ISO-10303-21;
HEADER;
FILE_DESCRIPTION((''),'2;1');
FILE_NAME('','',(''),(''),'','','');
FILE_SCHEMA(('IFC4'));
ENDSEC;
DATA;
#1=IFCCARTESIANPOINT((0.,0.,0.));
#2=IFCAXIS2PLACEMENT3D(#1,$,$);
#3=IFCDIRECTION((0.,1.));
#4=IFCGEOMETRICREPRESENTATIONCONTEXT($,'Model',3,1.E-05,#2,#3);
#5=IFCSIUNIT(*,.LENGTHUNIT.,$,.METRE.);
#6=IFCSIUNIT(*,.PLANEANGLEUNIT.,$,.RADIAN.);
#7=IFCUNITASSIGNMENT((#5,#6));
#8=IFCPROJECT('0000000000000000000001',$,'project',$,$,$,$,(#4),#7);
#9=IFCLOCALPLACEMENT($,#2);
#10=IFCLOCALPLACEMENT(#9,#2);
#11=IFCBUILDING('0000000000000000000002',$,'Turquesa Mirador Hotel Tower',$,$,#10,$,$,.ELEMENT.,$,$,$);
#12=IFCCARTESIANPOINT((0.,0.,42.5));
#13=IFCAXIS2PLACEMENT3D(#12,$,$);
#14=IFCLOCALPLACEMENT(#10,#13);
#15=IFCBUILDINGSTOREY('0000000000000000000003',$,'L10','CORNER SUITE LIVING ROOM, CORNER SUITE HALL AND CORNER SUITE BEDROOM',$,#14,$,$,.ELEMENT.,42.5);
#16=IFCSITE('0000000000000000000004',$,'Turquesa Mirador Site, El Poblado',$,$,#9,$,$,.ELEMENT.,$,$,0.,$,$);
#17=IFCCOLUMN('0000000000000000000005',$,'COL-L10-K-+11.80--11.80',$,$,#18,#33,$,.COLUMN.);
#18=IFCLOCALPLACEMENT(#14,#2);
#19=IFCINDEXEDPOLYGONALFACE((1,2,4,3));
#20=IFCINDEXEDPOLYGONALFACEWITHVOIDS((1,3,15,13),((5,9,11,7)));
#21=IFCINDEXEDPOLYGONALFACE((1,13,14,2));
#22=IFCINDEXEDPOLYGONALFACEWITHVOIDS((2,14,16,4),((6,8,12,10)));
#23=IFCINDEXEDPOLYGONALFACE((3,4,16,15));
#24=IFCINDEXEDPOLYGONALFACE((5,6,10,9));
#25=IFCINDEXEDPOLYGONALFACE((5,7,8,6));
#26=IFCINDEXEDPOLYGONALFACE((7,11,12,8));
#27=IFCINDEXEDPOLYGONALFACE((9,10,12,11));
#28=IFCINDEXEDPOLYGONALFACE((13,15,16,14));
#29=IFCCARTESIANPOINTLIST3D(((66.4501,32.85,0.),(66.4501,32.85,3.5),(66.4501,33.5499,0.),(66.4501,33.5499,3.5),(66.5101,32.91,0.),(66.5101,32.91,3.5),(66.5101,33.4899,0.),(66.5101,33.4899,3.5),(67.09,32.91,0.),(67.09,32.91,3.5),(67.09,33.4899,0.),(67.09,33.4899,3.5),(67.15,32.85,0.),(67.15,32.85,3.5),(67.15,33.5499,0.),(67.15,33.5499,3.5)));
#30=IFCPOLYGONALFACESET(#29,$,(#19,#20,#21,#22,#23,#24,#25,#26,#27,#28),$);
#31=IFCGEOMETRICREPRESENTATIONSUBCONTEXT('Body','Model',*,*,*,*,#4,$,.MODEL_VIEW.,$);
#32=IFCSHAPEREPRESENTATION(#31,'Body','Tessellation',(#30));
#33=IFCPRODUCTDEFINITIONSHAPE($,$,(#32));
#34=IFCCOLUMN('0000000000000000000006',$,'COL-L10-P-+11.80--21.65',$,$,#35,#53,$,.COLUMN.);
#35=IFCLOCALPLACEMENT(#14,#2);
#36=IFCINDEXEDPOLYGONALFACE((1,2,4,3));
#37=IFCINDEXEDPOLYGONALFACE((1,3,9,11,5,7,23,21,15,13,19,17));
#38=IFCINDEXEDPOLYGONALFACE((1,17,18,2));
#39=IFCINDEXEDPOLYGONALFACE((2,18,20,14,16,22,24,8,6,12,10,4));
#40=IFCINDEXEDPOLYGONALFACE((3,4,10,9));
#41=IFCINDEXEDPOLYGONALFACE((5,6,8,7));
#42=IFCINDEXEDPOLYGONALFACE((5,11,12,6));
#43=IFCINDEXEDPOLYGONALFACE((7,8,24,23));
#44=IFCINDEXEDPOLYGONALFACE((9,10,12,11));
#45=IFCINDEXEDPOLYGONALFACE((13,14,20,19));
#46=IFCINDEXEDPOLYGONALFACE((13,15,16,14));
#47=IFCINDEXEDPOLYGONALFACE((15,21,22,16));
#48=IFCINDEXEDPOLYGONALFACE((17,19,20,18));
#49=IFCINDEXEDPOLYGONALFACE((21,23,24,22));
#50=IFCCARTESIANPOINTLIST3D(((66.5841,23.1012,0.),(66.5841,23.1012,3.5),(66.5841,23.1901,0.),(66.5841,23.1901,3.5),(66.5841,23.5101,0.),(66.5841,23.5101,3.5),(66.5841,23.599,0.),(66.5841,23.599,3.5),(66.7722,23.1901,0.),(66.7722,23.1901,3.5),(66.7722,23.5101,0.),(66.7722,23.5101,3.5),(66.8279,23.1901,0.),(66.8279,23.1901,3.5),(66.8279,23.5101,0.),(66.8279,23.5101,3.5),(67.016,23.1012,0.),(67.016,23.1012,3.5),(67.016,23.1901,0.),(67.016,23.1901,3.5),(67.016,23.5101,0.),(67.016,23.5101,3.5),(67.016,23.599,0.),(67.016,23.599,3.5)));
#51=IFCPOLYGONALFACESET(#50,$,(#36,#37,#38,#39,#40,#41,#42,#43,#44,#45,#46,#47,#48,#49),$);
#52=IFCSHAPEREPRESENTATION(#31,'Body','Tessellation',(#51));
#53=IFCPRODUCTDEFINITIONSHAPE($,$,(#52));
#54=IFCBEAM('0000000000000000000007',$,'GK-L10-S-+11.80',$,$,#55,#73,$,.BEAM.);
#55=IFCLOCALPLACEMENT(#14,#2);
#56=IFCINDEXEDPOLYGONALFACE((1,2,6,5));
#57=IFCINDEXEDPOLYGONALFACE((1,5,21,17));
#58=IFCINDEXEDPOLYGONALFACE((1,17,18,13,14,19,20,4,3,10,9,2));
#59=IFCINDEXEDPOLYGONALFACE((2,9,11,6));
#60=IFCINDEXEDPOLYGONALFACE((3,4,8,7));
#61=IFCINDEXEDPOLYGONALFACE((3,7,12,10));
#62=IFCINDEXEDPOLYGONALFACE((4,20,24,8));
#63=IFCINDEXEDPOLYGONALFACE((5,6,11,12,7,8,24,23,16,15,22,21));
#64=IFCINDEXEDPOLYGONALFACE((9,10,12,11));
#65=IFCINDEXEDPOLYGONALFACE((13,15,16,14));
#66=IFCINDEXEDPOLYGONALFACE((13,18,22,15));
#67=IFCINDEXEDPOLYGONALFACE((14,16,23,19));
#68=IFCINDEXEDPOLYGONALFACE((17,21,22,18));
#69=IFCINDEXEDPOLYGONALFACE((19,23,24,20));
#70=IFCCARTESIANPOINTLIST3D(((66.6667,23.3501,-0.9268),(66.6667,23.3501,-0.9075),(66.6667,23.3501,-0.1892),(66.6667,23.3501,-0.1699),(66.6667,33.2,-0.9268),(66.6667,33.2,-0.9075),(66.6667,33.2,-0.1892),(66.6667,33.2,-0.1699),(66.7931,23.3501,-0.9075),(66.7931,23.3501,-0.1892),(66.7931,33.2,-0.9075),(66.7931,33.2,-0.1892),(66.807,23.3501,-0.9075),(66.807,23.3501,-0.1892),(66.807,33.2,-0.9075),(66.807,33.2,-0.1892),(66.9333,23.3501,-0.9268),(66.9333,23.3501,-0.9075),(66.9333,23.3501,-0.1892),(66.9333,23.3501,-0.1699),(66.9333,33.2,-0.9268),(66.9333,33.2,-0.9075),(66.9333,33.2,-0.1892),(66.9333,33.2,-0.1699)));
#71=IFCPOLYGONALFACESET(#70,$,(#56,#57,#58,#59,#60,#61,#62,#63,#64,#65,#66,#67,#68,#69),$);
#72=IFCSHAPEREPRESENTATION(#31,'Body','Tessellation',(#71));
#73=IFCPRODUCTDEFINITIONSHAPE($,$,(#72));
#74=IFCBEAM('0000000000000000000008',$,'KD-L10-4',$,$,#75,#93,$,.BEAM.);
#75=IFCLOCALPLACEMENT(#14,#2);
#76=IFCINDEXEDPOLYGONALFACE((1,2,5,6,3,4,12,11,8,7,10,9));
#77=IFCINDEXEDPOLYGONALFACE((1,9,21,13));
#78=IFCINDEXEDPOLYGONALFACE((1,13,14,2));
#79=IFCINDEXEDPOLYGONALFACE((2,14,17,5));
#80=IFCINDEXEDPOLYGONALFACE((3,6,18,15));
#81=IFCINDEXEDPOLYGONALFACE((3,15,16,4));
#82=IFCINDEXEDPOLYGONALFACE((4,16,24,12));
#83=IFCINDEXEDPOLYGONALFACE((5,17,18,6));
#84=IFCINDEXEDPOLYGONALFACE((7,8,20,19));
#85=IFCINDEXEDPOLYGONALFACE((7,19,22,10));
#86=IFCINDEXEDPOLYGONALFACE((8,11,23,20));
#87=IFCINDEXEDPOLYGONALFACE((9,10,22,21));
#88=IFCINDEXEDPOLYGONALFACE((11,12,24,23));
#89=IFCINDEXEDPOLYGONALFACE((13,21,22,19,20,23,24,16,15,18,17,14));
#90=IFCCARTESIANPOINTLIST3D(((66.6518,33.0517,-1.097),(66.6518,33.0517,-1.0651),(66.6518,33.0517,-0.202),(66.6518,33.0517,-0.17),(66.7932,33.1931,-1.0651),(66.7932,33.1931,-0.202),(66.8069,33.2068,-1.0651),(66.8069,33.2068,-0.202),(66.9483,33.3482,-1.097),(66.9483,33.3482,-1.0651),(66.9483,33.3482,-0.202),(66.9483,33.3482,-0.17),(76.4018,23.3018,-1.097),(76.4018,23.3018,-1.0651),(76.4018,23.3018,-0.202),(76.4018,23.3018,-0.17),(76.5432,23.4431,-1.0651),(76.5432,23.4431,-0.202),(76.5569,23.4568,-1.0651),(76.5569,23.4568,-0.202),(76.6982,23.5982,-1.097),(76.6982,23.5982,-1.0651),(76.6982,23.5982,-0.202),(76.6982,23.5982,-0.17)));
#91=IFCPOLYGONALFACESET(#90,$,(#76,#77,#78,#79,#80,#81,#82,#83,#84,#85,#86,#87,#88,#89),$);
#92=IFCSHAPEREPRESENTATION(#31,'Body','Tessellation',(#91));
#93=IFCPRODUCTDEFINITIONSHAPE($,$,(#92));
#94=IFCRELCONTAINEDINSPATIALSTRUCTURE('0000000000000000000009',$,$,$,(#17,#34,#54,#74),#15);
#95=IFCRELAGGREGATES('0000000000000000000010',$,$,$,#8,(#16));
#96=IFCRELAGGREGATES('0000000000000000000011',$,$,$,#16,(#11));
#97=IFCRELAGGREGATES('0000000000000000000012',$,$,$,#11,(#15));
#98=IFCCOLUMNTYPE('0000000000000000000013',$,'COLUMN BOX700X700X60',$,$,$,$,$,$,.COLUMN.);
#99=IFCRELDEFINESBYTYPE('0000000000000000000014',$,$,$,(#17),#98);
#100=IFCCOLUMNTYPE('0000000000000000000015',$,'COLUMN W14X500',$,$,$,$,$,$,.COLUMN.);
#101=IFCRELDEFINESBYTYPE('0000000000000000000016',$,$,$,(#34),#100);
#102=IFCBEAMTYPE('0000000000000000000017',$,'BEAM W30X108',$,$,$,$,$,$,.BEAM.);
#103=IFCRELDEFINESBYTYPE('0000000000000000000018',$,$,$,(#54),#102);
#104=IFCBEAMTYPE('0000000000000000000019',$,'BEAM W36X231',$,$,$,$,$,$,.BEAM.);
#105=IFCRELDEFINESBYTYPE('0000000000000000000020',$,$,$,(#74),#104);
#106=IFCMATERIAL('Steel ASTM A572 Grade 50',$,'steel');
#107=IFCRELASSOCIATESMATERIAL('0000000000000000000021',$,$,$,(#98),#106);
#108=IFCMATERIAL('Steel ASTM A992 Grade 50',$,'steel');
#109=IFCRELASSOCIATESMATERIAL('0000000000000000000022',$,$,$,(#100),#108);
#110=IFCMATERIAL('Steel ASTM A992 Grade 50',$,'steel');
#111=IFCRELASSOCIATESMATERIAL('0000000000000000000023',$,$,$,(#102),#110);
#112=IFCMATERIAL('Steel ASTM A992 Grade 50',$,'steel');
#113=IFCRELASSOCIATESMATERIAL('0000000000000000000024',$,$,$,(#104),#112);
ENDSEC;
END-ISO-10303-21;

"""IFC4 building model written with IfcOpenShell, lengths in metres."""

from ifc_helpers import new_model, si_unit, direction, frame, origin, origin_2d, place, context, subcontext, project, spatial, hollow_rectangle, i_section, extrude, material, material_profile, profile_set, type_object, element, save


model = new_model("IFC4")

# Units and contexts
model_context = context("Model", 3, precision=1e-05, world=origin(), true_north=direction((0.0, 1.0)))
body_context = subcontext(model_context, "Body", "Model", "MODEL_VIEW")
ifc_project = project(units=[si_unit("LENGTHUNIT", "METRE"), si_unit("PLANEANGLEUNIT", "RADIAN")], contexts=[model_context])

# Site, building, storey
site_placement = place(None, origin())
site = spatial("IfcSite", under=ifc_project, at=site_placement, Name="Turquesa Mirador Site, El Poblado", CompositionType="ELEMENT", RefElevation=0.0)
building_placement = place(site_placement, origin())
building = spatial("IfcBuilding", under=site, at=building_placement, Name="Turquesa Mirador Hotel Tower", CompositionType="ELEMENT")
storey_placement = place(building_placement, frame((0.0, 0.0, 42.5)))
storey = spatial("IfcBuildingStorey", under=building, at=storey_placement, Name="L10", Description="CORNER SUITE LIVING ROOM, CORNER SUITE HALL AND CORNER SUITE BEDROOM", CompositionType="ELEMENT", Elevation=42.5)

# Columns
ifc_material_1 = material(Name="Steel ASTM A572 Grade 50", Category="steel")
ifc_material_profile_1 = material_profile(ifc_material_1, hollow_rectangle(XDim=0.7, YDim=0.7, WallThickness=0.0601, at=origin_2d()), Name="BOX700X700X60")
ifc_profile_set_1 = profile_set([ifc_material_profile_1], Name="Steel ASTM A572 Grade 50")
column_type_1 = type_object("IfcColumnType", Name="COLUMN BOX700X700X60", PredefinedType="COLUMN", material=ifc_profile_set_1)
column_1_placement = place(storey_placement, frame((66.8, 33.2, 0.0), z_axis=(0.0, 0.0, 1.0), x_axis=(1.0, 0.0, 0.0)))
element("IfcColumn", 1, at=column_1_placement, inside=storey, type_object=column_type_1, Name="COL-L10-K-+11.80--11.80", PredefinedType="COLUMN", context=body_context, shape_type="SweptSolid", body=[
    extrude(hollow_rectangle(XDim=0.7, YDim=0.7, WallThickness=0.0601, at=origin_2d()), origin(), (0.0, 0.0, 1.0), 3.5),
])
ifc_material_2 = material(Name="Steel ASTM A992 Grade 50", Category="steel")
ifc_material_profile_2 = material_profile(ifc_material_2, i_section(OverallWidth=0.4319, OverallDepth=0.4978, WebThickness=0.0557, FlangeThickness=0.0889, at=origin_2d()), Name="W14X500")
ifc_profile_set_2 = profile_set([ifc_material_profile_2], Name="Steel ASTM A992 Grade 50")
column_type_2 = type_object("IfcColumnType", Name="COLUMN W14X500", PredefinedType="COLUMN", material=ifc_profile_set_2)
column_2_placement = place(storey_placement, frame((66.8, 23.3501, 0.0), z_axis=(0.0, 0.0, 1.0), x_axis=(1.0, 0.0, 0.0)))
element("IfcColumn", 2, at=column_2_placement, inside=storey, type_object=column_type_2, Name="COL-L10-P-+11.80--21.65", PredefinedType="COLUMN", context=body_context, shape_type="SweptSolid", body=[
    extrude(i_section(OverallWidth=0.4319, OverallDepth=0.4978, WebThickness=0.0557, FlangeThickness=0.0889, at=origin_2d()), origin(), (0.0, 0.0, 1.0), 3.5),
])

# Beams
ifc_material_3 = material(Name="Steel ASTM A992 Grade 50", Category="steel")
ifc_material_profile_3 = material_profile(ifc_material_3, i_section(OverallWidth=0.2666, OverallDepth=0.7568, WebThickness=0.0139, FlangeThickness=0.0193, at=origin_2d()), Name="W30X108")
ifc_profile_set_3 = profile_set([ifc_material_profile_3], Name="Steel ASTM A992 Grade 50")
beam_type_1 = type_object("IfcBeamType", Name="BEAM W30X108", PredefinedType="BEAM", material=ifc_profile_set_3)
beam_1_placement = place(storey_placement, frame((66.8, 23.3501, -0.5483), z_axis=(0.0, 1.0, 0.0), x_axis=(-1.0, 0.0, 0.0)))
element("IfcBeam", 3, at=beam_1_placement, inside=storey, type_object=beam_type_1, Name="GK-L10-S-+11.80", PredefinedType="BEAM", context=body_context, shape_type="SweptSolid", body=[
    extrude(i_section(OverallWidth=0.2666, OverallDepth=0.7568, WebThickness=0.0139, FlangeThickness=0.0193, at=origin_2d()), origin(), (0.0, 0.0, 1.0), 9.8499),
])
ifc_material_4 = material(Name="Steel ASTM A992 Grade 50", Category="steel")
ifc_material_profile_4 = material_profile(ifc_material_4, i_section(OverallWidth=0.4192, OverallDepth=0.927, WebThickness=0.0193, FlangeThickness=0.032, at=origin_2d()), Name="W36X231")
ifc_profile_set_4 = profile_set([ifc_material_profile_4], Name="Steel ASTM A992 Grade 50")
beam_type_2 = type_object("IfcBeamType", Name="BEAM W36X231", PredefinedType="BEAM", material=ifc_profile_set_4)
beam_2_placement = place(storey_placement, frame((66.8, 33.2, -0.6335), z_axis=(0.707107, -0.707107, 0.0), x_axis=(0.707107, 0.707107, 0.0)))
element("IfcBeam", 4, at=beam_2_placement, inside=storey, type_object=beam_type_2, Name="KD-L10-4", PredefinedType="BEAM", context=body_context, shape_type="SweptSolid", body=[
    extrude(i_section(OverallWidth=0.4192, OverallDepth=0.927, WebThickness=0.0193, FlangeThickness=0.032, at=origin_2d()), origin(), (0.0, 0.0, 1.0), 13.7886),
])

save(model, "model.ifc")
